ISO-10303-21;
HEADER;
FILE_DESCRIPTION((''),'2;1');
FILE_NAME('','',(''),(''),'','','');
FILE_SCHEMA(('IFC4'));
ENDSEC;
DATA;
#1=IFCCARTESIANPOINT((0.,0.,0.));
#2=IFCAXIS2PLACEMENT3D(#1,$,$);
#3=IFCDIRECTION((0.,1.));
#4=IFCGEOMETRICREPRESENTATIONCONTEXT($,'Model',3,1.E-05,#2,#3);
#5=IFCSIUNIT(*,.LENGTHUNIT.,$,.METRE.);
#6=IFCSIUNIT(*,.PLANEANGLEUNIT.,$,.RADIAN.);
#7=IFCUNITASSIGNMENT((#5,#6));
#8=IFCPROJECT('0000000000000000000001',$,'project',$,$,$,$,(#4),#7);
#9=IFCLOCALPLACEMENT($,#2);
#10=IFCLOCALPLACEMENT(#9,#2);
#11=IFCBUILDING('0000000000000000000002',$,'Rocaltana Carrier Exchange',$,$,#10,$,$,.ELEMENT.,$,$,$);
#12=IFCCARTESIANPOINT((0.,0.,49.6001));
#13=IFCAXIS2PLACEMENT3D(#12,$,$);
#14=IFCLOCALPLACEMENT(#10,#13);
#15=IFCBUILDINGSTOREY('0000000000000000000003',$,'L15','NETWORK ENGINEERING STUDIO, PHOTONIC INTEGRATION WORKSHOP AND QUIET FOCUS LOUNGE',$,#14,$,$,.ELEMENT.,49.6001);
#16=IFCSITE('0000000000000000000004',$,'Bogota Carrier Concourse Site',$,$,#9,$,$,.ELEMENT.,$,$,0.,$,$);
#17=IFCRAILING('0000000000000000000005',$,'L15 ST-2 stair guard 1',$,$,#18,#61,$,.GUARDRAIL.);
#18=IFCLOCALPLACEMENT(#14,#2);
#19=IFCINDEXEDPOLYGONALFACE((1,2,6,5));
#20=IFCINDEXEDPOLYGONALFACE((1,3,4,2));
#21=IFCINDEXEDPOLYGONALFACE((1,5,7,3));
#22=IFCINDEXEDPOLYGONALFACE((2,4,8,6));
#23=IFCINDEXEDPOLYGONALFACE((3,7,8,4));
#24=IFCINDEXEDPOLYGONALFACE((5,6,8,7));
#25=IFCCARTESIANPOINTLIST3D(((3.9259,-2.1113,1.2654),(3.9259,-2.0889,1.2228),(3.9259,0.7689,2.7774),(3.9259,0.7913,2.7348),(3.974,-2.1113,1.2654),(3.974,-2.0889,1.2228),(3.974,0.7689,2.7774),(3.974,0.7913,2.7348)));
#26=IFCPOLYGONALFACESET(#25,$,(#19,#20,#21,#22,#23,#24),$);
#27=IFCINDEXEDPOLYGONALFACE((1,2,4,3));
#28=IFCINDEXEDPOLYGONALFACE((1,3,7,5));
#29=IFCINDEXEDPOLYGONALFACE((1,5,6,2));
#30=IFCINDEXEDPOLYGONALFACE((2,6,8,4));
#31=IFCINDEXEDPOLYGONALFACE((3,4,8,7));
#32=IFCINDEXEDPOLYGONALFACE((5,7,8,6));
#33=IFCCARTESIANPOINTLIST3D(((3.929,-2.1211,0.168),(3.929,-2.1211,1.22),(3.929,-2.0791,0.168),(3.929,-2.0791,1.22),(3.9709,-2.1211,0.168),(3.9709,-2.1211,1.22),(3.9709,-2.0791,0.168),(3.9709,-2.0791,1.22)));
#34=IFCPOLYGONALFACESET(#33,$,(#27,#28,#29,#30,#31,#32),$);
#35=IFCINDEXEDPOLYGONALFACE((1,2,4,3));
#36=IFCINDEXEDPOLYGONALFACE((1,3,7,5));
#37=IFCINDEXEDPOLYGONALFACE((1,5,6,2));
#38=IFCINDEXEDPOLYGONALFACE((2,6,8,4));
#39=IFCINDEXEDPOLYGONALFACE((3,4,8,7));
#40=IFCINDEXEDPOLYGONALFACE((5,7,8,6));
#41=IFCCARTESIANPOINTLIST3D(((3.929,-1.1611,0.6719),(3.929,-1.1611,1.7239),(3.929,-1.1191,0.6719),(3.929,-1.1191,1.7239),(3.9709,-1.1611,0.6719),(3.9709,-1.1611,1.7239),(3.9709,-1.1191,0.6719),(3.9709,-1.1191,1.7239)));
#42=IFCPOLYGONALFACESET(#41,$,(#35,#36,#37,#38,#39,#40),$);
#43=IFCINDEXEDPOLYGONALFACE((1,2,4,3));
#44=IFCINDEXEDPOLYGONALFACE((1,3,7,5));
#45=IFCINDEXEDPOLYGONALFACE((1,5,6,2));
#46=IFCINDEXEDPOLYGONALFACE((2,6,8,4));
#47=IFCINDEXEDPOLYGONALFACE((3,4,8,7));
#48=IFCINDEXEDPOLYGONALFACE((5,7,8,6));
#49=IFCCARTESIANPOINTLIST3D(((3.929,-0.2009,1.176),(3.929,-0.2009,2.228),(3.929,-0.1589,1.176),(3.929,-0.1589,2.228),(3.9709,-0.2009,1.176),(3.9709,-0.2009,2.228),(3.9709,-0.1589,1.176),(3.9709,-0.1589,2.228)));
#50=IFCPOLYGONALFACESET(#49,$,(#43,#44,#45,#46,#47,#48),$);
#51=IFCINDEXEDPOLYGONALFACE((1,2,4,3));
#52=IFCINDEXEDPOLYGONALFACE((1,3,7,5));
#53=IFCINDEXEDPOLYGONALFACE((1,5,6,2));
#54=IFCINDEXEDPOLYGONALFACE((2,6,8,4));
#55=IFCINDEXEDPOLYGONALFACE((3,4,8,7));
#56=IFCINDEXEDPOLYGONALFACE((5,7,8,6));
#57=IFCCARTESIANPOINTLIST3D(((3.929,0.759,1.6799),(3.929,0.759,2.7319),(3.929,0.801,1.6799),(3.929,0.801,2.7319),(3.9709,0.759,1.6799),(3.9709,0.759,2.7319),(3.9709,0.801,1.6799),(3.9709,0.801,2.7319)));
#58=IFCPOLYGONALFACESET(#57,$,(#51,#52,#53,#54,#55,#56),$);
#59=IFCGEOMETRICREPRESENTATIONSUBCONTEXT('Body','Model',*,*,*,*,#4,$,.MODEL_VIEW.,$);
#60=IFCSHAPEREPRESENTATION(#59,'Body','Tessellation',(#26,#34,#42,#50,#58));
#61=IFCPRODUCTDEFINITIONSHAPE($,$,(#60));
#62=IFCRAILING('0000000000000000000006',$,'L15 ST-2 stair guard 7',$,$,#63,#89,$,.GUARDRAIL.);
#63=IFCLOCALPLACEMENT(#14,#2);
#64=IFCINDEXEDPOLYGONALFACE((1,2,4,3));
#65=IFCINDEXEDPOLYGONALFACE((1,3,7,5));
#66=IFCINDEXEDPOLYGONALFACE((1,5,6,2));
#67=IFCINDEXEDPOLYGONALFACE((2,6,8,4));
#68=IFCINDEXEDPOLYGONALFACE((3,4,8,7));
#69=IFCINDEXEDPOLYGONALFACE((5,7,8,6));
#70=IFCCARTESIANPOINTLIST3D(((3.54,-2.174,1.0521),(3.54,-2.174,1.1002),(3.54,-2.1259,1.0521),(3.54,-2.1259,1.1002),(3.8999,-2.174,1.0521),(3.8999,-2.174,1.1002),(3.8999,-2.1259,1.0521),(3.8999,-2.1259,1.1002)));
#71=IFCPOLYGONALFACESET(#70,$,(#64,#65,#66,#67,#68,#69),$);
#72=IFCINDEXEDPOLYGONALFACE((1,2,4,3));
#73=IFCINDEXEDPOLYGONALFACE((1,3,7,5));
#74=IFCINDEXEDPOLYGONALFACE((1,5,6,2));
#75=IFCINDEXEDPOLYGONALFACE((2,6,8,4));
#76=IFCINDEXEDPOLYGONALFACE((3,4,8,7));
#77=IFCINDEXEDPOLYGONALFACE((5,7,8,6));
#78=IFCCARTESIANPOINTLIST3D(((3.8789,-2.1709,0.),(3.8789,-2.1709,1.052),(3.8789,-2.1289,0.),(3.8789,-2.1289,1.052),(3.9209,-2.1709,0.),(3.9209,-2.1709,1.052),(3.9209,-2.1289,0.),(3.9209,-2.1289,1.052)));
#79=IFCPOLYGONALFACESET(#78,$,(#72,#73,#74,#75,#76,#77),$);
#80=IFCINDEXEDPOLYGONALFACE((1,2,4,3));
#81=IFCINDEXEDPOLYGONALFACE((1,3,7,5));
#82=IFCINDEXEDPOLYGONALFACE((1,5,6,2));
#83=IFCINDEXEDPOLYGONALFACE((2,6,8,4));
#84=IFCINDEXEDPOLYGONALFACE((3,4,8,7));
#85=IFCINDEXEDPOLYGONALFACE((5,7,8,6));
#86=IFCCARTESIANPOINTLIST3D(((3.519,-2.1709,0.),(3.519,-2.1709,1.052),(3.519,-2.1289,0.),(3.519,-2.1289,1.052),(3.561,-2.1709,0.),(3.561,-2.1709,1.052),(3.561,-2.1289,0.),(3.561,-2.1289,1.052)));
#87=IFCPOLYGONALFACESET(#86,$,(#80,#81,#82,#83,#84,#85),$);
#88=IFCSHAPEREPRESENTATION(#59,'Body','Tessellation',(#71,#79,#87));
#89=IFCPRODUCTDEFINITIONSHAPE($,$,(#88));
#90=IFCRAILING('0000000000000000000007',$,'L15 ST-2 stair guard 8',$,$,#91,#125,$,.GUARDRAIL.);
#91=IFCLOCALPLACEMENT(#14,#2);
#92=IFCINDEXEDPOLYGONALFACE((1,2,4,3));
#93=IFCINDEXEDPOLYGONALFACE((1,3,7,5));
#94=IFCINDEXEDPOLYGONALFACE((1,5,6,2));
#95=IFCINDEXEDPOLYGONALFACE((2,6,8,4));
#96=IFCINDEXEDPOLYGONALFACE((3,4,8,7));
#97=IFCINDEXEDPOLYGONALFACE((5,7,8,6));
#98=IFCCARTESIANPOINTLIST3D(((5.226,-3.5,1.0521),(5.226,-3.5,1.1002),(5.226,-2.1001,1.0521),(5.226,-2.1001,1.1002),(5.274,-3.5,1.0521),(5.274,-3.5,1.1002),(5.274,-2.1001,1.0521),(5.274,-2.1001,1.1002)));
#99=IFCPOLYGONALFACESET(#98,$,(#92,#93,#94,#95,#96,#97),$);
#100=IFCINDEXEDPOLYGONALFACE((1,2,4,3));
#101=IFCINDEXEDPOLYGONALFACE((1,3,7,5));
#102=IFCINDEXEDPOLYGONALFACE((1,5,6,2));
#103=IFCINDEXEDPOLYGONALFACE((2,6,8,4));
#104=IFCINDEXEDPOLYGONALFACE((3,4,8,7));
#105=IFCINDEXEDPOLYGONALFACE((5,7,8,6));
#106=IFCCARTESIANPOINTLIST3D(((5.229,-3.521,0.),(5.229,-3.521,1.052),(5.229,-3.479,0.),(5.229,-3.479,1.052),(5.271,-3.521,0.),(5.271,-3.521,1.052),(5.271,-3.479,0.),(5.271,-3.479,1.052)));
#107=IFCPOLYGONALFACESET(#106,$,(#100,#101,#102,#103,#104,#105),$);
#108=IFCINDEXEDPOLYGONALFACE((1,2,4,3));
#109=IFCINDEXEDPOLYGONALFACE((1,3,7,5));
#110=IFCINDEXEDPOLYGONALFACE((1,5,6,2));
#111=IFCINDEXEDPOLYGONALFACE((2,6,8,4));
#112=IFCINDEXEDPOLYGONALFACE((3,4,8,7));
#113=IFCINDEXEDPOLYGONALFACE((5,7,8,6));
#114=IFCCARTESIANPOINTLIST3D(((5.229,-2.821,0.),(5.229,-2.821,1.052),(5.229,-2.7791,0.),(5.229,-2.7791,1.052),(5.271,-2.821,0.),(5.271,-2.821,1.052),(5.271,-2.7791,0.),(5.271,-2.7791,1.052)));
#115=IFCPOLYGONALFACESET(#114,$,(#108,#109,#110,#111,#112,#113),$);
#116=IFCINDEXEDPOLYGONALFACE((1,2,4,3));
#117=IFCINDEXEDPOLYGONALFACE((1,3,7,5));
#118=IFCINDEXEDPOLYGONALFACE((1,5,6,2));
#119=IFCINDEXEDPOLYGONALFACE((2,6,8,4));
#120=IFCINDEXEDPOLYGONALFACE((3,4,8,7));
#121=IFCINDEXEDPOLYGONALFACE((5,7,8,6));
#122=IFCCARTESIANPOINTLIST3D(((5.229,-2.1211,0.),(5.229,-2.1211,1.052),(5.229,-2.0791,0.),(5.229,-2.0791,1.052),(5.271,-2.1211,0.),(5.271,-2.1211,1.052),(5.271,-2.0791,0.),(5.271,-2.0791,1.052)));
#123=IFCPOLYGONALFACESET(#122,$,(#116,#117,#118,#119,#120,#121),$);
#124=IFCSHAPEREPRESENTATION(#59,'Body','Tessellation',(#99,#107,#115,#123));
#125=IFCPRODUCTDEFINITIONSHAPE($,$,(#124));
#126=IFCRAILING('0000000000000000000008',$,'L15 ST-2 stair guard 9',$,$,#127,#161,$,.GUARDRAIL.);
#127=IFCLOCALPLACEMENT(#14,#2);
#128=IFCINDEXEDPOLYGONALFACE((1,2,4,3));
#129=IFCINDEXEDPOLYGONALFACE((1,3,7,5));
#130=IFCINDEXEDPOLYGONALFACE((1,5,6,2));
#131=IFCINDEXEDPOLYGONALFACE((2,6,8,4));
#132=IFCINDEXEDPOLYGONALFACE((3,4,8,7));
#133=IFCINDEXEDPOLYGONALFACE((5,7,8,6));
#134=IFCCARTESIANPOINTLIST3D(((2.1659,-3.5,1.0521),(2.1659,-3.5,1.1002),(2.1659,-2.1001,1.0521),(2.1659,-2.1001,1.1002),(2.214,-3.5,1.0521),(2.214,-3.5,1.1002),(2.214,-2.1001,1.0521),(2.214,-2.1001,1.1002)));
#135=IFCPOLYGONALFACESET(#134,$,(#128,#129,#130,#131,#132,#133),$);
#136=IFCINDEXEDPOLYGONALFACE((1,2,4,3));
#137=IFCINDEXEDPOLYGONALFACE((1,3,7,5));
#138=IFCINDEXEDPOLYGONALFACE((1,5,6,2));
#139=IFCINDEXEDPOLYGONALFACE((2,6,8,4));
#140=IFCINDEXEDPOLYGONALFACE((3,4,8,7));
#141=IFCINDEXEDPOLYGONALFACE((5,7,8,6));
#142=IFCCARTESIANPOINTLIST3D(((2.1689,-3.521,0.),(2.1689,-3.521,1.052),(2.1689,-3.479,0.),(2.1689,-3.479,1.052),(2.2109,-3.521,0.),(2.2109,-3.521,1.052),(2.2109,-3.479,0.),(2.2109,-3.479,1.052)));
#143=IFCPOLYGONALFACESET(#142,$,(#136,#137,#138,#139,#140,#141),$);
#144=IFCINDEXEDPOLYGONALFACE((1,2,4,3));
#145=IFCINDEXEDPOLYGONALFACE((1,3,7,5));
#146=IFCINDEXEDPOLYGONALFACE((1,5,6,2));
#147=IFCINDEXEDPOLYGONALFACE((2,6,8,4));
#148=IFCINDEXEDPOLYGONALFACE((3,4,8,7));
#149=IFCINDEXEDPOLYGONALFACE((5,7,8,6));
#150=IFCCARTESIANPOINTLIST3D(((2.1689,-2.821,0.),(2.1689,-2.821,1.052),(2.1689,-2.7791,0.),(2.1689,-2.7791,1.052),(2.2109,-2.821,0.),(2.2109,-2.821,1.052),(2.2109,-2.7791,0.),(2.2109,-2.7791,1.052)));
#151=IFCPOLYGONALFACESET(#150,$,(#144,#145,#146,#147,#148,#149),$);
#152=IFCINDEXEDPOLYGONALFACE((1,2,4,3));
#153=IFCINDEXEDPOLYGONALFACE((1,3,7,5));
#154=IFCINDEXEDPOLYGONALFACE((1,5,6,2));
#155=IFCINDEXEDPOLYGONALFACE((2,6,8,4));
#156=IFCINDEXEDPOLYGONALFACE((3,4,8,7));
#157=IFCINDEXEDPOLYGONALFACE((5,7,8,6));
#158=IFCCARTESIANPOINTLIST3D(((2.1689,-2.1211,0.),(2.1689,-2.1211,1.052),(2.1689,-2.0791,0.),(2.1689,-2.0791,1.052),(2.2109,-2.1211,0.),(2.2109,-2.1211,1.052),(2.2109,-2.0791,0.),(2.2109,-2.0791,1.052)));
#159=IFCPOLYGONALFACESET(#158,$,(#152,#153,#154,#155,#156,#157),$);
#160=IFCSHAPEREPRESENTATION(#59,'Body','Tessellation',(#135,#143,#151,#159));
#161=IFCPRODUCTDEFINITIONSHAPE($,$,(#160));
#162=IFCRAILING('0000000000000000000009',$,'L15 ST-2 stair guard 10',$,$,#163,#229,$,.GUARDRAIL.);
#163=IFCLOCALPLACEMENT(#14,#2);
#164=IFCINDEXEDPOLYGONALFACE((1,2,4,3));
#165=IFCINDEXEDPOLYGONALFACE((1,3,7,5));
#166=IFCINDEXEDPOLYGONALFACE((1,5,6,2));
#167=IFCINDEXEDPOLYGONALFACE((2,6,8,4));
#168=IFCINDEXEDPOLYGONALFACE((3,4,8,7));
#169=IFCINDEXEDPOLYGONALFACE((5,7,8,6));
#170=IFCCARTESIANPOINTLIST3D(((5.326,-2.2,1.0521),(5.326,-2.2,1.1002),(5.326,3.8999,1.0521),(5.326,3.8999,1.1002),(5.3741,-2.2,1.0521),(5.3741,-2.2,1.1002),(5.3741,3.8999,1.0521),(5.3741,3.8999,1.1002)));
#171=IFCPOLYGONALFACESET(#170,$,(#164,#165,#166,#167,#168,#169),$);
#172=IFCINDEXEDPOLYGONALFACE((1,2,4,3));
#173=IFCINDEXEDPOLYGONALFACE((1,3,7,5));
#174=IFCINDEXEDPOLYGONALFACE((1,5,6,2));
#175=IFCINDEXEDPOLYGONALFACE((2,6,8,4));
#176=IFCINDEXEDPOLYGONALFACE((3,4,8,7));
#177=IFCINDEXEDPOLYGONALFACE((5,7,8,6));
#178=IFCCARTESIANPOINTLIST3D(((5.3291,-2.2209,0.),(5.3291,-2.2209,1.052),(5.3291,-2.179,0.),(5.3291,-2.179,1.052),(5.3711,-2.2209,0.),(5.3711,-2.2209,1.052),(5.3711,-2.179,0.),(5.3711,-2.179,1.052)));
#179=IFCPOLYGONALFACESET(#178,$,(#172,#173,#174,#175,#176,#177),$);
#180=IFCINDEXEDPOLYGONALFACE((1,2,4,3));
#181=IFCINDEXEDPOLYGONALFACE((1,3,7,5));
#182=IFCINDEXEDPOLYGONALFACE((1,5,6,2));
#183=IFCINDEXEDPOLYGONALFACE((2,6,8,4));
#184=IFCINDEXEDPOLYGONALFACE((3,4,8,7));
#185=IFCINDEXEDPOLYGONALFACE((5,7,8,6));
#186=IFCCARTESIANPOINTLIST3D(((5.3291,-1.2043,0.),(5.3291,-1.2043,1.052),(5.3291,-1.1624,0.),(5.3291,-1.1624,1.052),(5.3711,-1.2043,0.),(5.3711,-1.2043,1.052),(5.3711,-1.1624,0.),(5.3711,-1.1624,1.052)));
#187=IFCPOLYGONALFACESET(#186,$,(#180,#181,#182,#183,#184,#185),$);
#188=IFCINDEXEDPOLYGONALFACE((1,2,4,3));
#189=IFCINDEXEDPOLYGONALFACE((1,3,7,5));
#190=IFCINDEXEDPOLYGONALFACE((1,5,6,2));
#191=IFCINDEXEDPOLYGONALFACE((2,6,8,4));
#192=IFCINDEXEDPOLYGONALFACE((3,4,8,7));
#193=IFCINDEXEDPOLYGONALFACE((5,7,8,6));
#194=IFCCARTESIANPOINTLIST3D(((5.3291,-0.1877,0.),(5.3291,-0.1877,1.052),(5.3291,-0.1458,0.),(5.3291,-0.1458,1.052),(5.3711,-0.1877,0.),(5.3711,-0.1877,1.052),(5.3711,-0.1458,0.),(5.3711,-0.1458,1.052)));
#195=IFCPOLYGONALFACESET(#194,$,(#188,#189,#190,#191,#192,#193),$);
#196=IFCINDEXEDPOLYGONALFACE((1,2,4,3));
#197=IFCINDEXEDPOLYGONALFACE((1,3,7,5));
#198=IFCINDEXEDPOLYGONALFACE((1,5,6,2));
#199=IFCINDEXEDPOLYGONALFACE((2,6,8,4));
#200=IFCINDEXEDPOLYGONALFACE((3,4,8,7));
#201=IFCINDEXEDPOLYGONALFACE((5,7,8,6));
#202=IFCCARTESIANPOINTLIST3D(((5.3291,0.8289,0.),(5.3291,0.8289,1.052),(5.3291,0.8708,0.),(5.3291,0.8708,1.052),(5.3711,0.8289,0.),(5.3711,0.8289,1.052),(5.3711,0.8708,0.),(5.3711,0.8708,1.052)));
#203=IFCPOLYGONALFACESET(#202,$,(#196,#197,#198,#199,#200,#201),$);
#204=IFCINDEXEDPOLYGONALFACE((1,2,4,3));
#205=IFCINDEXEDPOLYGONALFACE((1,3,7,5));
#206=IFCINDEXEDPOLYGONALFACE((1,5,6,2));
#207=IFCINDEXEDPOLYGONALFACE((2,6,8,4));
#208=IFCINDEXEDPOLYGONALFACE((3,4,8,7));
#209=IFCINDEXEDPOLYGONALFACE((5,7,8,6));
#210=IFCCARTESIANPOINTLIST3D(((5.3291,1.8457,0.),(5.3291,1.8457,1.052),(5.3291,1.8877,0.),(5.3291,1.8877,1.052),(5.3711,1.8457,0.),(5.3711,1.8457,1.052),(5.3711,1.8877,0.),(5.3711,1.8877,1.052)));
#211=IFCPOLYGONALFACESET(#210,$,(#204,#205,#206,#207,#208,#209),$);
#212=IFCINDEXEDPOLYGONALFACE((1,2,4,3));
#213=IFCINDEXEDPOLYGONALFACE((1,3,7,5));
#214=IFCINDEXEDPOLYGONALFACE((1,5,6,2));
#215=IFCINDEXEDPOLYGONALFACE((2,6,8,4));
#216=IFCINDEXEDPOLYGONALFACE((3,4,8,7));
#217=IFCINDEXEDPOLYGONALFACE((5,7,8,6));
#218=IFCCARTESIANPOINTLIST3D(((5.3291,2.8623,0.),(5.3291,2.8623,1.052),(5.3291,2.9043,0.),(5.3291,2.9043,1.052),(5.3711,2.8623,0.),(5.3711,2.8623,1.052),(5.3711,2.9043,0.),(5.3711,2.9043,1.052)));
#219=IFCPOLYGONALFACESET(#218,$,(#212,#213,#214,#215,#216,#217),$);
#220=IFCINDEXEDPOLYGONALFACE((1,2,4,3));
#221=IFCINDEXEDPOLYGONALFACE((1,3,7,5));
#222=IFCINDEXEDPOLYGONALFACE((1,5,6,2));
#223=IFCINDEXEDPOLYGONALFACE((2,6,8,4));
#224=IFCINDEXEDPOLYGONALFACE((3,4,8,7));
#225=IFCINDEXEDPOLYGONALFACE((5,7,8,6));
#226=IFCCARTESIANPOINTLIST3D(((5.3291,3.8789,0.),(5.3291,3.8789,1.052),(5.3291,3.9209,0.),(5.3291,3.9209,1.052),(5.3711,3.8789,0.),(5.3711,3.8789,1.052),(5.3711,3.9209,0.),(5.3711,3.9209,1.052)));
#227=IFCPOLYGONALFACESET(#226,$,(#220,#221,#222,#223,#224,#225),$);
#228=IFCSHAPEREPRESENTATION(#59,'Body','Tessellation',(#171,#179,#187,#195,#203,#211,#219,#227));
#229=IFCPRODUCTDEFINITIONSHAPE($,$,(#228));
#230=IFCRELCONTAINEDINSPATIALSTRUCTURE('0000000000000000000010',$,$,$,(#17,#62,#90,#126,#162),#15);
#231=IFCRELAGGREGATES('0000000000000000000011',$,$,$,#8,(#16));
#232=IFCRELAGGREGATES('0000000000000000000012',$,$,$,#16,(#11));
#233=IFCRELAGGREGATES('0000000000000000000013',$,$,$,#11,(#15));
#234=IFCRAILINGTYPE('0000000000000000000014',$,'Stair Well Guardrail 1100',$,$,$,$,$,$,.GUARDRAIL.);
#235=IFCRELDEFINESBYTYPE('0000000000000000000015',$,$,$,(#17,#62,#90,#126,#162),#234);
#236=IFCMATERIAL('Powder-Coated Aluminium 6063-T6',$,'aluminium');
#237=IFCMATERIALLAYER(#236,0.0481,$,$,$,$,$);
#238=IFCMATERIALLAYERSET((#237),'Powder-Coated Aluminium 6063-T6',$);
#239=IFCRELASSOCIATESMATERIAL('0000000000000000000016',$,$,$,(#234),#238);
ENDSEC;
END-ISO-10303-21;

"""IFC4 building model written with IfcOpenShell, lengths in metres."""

from ifc_helpers import new_model, si_unit, direction, frame, origin, origin_2d, place, context, subcontext, project, spatial, rectangle, extrude, material, layer, layer_set, type_object, element, save


model = new_model("IFC4")

# Units and contexts
model_context = context("Model", 3, precision=1e-05, world=origin(), true_north=direction((0.0, 1.0)))
body_context = subcontext(model_context, "Body", "Model", "MODEL_VIEW")
ifc_project = project(units=[si_unit("LENGTHUNIT", "METRE"), si_unit("PLANEANGLEUNIT", "RADIAN")], contexts=[model_context])

# Site, building, storey
site_placement = place(None, origin())
site = spatial("IfcSite", under=ifc_project, at=site_placement, Name="Bogota Carrier Concourse Site", CompositionType="ELEMENT", RefElevation=0.0)
building_placement = place(site_placement, origin())
building = spatial("IfcBuilding", under=site, at=building_placement, Name="Rocaltana Carrier Exchange", CompositionType="ELEMENT")
storey_placement = place(building_placement, frame((0.0, 0.0, 49.6001)))
storey = spatial("IfcBuildingStorey", under=building, at=storey_placement, Name="L15", Description="NETWORK ENGINEERING STUDIO, PHOTONIC INTEGRATION WORKSHOP AND QUIET FOCUS LOUNGE", CompositionType="ELEMENT", Elevation=49.6001)

# Railings
ifc_material_1 = material(Name="Powder-Coated Aluminium 6063-T6", Category="aluminium")
ifc_layer_1 = layer(ifc_material_1, 0.0481)
ifc_layer_set_1 = layer_set([ifc_layer_1], Name="Powder-Coated Aluminium 6063-T6")
railing_type_1 = type_object("IfcRailingType", Name="Stair Well Guardrail 1100", PredefinedType="GUARDRAIL", material=ifc_layer_set_1)
railing_1_placement = place(storey_placement, frame((3.95, -2.1001, 0.168)))
element("IfcRailing", 1, at=railing_1_placement, inside=storey, type_object=railing_type_1, Name="L15 ST-2 stair guard 1", PredefinedType="GUARDRAIL", context=body_context, shape_type="SweptSolid", body=[
    extrude(rectangle(XDim=0.0481, YDim=0.0481, at=origin_2d()), frame((0.0, 0.0, 1.0762), z_axis=(0.0, 0.885411, 0.464809), x_axis=(-1.0, 0.0, 0.0)), (0.0, 0.0, 1.0), 3.2529),
    extrude(rectangle(XDim=0.042, YDim=0.042, at=origin_2d()), origin(), (0.0, 0.0, 1.0), 1.052),
    extrude(rectangle(XDim=0.042, YDim=0.042, at=origin_2d()), frame((0.0, 0.96, 0.5039)), (0.0, 0.0, 1.0), 1.052),
    extrude(rectangle(XDim=0.042, YDim=0.042, at=origin_2d()), frame((0.0, 1.9202, 1.0081)), (0.0, 0.0, 1.0), 1.052),
    extrude(rectangle(XDim=0.042, YDim=0.042, at=origin_2d()), frame((0.0, 2.8801, 1.512)), (0.0, 0.0, 1.0), 1.052),
])
railing_2_placement = place(storey_placement, frame((3.8999, -2.1499, 0.0)))
element("IfcRailing", 2, at=railing_2_placement, inside=storey, type_object=railing_type_1, Name="L15 ST-2 stair guard 7", PredefinedType="GUARDRAIL", context=body_context, shape_type="SweptSolid", body=[
    extrude(rectangle(XDim=0.0481, YDim=0.0481, at=origin_2d()), frame((0.0, 0.0, 1.0762), z_axis=(-1.0, 0.0, 0.0), x_axis=(0.0, -1.0, 0.0)), (0.0, 0.0, 1.0), 0.3599),
    extrude(rectangle(XDim=0.042, YDim=0.042, at=origin_2d()), origin(), (0.0, 0.0, 1.0), 1.052),
    extrude(rectangle(XDim=0.042, YDim=0.042, at=origin_2d()), frame((-0.3599, 0.0, 0.0)), (0.0, 0.0, 1.0), 1.052),
])
for number, where, name in (
    (3, (5.25, -3.5, 0.0), "L15 ST-2 stair guard 8"),
    (4, (2.1899, -3.5, 0.0), "L15 ST-2 stair guard 9"),
):
    element("IfcRailing", number, at=place(storey_placement, frame(where)), inside=storey, type_object=railing_type_1, Name=name, PredefinedType="GUARDRAIL", context=body_context, shape_type="SweptSolid", body=[
        extrude(rectangle(XDim=0.0481, YDim=0.0481, at=origin_2d()), frame((0.0, 0.0, 1.0762), z_axis=(0.0, 1.0, 0.0), x_axis=(-1.0, 0.0, 0.0)), (0.0, 0.0, 1.0), 1.3999),
        extrude(rectangle(XDim=0.042, YDim=0.042, at=origin_2d()), origin(), (0.0, 0.0, 1.0), 1.052),
        extrude(rectangle(XDim=0.042, YDim=0.042, at=origin_2d()), frame((0.0, 0.7, 0.0)), (0.0, 0.0, 1.0), 1.052),
        extrude(rectangle(XDim=0.042, YDim=0.042, at=origin_2d()), frame((0.0, 1.3999, 0.0)), (0.0, 0.0, 1.0), 1.052),
    ])
for number, where, name in (
    (5, (5.3501, -2.2, 0.0), "L15 ST-2 stair guard 10"),
):
    element("IfcRailing", number, at=place(storey_placement, frame(where)), inside=storey, type_object=railing_type_1, Name=name, PredefinedType="GUARDRAIL", context=body_context, shape_type="SweptSolid", body=[
        extrude(rectangle(XDim=0.0481, YDim=0.0481, at=origin_2d()), frame((0.0, 0.0, 1.0762), z_axis=(0.0, 1.0, 0.0), x_axis=(-1.0, 0.0, 0.0)), (0.0, 0.0, 1.0), 6.0999),
        extrude(rectangle(XDim=0.042, YDim=0.042, at=origin_2d()), origin(), (0.0, 0.0, 1.0), 1.052),
        extrude(rectangle(XDim=0.042, YDim=0.042, at=origin_2d()), frame((0.0, 1.0166, 0.0)), (0.0, 0.0, 1.0), 1.052),
        extrude(rectangle(XDim=0.042, YDim=0.042, at=origin_2d()), frame((0.0, 2.0332, 0.0)), (0.0, 0.0, 1.0), 1.052),
        extrude(rectangle(XDim=0.042, YDim=0.042, at=origin_2d()), frame((0.0, 3.0498, 0.0)), (0.0, 0.0, 1.0), 1.052),
        extrude(rectangle(XDim=0.042, YDim=0.042, at=origin_2d()), frame((0.0, 4.0667, 0.0)), (0.0, 0.0, 1.0), 1.052),
        extrude(rectangle(XDim=0.042, YDim=0.042, at=origin_2d()), frame((0.0, 5.0833, 0.0)), (0.0, 0.0, 1.0), 1.052),
        extrude(rectangle(XDim=0.042, YDim=0.042, at=origin_2d()), frame((0.0, 6.0999, 0.0)), (0.0, 0.0, 1.0), 1.052),
    ])

save(model, "model.ifc")
